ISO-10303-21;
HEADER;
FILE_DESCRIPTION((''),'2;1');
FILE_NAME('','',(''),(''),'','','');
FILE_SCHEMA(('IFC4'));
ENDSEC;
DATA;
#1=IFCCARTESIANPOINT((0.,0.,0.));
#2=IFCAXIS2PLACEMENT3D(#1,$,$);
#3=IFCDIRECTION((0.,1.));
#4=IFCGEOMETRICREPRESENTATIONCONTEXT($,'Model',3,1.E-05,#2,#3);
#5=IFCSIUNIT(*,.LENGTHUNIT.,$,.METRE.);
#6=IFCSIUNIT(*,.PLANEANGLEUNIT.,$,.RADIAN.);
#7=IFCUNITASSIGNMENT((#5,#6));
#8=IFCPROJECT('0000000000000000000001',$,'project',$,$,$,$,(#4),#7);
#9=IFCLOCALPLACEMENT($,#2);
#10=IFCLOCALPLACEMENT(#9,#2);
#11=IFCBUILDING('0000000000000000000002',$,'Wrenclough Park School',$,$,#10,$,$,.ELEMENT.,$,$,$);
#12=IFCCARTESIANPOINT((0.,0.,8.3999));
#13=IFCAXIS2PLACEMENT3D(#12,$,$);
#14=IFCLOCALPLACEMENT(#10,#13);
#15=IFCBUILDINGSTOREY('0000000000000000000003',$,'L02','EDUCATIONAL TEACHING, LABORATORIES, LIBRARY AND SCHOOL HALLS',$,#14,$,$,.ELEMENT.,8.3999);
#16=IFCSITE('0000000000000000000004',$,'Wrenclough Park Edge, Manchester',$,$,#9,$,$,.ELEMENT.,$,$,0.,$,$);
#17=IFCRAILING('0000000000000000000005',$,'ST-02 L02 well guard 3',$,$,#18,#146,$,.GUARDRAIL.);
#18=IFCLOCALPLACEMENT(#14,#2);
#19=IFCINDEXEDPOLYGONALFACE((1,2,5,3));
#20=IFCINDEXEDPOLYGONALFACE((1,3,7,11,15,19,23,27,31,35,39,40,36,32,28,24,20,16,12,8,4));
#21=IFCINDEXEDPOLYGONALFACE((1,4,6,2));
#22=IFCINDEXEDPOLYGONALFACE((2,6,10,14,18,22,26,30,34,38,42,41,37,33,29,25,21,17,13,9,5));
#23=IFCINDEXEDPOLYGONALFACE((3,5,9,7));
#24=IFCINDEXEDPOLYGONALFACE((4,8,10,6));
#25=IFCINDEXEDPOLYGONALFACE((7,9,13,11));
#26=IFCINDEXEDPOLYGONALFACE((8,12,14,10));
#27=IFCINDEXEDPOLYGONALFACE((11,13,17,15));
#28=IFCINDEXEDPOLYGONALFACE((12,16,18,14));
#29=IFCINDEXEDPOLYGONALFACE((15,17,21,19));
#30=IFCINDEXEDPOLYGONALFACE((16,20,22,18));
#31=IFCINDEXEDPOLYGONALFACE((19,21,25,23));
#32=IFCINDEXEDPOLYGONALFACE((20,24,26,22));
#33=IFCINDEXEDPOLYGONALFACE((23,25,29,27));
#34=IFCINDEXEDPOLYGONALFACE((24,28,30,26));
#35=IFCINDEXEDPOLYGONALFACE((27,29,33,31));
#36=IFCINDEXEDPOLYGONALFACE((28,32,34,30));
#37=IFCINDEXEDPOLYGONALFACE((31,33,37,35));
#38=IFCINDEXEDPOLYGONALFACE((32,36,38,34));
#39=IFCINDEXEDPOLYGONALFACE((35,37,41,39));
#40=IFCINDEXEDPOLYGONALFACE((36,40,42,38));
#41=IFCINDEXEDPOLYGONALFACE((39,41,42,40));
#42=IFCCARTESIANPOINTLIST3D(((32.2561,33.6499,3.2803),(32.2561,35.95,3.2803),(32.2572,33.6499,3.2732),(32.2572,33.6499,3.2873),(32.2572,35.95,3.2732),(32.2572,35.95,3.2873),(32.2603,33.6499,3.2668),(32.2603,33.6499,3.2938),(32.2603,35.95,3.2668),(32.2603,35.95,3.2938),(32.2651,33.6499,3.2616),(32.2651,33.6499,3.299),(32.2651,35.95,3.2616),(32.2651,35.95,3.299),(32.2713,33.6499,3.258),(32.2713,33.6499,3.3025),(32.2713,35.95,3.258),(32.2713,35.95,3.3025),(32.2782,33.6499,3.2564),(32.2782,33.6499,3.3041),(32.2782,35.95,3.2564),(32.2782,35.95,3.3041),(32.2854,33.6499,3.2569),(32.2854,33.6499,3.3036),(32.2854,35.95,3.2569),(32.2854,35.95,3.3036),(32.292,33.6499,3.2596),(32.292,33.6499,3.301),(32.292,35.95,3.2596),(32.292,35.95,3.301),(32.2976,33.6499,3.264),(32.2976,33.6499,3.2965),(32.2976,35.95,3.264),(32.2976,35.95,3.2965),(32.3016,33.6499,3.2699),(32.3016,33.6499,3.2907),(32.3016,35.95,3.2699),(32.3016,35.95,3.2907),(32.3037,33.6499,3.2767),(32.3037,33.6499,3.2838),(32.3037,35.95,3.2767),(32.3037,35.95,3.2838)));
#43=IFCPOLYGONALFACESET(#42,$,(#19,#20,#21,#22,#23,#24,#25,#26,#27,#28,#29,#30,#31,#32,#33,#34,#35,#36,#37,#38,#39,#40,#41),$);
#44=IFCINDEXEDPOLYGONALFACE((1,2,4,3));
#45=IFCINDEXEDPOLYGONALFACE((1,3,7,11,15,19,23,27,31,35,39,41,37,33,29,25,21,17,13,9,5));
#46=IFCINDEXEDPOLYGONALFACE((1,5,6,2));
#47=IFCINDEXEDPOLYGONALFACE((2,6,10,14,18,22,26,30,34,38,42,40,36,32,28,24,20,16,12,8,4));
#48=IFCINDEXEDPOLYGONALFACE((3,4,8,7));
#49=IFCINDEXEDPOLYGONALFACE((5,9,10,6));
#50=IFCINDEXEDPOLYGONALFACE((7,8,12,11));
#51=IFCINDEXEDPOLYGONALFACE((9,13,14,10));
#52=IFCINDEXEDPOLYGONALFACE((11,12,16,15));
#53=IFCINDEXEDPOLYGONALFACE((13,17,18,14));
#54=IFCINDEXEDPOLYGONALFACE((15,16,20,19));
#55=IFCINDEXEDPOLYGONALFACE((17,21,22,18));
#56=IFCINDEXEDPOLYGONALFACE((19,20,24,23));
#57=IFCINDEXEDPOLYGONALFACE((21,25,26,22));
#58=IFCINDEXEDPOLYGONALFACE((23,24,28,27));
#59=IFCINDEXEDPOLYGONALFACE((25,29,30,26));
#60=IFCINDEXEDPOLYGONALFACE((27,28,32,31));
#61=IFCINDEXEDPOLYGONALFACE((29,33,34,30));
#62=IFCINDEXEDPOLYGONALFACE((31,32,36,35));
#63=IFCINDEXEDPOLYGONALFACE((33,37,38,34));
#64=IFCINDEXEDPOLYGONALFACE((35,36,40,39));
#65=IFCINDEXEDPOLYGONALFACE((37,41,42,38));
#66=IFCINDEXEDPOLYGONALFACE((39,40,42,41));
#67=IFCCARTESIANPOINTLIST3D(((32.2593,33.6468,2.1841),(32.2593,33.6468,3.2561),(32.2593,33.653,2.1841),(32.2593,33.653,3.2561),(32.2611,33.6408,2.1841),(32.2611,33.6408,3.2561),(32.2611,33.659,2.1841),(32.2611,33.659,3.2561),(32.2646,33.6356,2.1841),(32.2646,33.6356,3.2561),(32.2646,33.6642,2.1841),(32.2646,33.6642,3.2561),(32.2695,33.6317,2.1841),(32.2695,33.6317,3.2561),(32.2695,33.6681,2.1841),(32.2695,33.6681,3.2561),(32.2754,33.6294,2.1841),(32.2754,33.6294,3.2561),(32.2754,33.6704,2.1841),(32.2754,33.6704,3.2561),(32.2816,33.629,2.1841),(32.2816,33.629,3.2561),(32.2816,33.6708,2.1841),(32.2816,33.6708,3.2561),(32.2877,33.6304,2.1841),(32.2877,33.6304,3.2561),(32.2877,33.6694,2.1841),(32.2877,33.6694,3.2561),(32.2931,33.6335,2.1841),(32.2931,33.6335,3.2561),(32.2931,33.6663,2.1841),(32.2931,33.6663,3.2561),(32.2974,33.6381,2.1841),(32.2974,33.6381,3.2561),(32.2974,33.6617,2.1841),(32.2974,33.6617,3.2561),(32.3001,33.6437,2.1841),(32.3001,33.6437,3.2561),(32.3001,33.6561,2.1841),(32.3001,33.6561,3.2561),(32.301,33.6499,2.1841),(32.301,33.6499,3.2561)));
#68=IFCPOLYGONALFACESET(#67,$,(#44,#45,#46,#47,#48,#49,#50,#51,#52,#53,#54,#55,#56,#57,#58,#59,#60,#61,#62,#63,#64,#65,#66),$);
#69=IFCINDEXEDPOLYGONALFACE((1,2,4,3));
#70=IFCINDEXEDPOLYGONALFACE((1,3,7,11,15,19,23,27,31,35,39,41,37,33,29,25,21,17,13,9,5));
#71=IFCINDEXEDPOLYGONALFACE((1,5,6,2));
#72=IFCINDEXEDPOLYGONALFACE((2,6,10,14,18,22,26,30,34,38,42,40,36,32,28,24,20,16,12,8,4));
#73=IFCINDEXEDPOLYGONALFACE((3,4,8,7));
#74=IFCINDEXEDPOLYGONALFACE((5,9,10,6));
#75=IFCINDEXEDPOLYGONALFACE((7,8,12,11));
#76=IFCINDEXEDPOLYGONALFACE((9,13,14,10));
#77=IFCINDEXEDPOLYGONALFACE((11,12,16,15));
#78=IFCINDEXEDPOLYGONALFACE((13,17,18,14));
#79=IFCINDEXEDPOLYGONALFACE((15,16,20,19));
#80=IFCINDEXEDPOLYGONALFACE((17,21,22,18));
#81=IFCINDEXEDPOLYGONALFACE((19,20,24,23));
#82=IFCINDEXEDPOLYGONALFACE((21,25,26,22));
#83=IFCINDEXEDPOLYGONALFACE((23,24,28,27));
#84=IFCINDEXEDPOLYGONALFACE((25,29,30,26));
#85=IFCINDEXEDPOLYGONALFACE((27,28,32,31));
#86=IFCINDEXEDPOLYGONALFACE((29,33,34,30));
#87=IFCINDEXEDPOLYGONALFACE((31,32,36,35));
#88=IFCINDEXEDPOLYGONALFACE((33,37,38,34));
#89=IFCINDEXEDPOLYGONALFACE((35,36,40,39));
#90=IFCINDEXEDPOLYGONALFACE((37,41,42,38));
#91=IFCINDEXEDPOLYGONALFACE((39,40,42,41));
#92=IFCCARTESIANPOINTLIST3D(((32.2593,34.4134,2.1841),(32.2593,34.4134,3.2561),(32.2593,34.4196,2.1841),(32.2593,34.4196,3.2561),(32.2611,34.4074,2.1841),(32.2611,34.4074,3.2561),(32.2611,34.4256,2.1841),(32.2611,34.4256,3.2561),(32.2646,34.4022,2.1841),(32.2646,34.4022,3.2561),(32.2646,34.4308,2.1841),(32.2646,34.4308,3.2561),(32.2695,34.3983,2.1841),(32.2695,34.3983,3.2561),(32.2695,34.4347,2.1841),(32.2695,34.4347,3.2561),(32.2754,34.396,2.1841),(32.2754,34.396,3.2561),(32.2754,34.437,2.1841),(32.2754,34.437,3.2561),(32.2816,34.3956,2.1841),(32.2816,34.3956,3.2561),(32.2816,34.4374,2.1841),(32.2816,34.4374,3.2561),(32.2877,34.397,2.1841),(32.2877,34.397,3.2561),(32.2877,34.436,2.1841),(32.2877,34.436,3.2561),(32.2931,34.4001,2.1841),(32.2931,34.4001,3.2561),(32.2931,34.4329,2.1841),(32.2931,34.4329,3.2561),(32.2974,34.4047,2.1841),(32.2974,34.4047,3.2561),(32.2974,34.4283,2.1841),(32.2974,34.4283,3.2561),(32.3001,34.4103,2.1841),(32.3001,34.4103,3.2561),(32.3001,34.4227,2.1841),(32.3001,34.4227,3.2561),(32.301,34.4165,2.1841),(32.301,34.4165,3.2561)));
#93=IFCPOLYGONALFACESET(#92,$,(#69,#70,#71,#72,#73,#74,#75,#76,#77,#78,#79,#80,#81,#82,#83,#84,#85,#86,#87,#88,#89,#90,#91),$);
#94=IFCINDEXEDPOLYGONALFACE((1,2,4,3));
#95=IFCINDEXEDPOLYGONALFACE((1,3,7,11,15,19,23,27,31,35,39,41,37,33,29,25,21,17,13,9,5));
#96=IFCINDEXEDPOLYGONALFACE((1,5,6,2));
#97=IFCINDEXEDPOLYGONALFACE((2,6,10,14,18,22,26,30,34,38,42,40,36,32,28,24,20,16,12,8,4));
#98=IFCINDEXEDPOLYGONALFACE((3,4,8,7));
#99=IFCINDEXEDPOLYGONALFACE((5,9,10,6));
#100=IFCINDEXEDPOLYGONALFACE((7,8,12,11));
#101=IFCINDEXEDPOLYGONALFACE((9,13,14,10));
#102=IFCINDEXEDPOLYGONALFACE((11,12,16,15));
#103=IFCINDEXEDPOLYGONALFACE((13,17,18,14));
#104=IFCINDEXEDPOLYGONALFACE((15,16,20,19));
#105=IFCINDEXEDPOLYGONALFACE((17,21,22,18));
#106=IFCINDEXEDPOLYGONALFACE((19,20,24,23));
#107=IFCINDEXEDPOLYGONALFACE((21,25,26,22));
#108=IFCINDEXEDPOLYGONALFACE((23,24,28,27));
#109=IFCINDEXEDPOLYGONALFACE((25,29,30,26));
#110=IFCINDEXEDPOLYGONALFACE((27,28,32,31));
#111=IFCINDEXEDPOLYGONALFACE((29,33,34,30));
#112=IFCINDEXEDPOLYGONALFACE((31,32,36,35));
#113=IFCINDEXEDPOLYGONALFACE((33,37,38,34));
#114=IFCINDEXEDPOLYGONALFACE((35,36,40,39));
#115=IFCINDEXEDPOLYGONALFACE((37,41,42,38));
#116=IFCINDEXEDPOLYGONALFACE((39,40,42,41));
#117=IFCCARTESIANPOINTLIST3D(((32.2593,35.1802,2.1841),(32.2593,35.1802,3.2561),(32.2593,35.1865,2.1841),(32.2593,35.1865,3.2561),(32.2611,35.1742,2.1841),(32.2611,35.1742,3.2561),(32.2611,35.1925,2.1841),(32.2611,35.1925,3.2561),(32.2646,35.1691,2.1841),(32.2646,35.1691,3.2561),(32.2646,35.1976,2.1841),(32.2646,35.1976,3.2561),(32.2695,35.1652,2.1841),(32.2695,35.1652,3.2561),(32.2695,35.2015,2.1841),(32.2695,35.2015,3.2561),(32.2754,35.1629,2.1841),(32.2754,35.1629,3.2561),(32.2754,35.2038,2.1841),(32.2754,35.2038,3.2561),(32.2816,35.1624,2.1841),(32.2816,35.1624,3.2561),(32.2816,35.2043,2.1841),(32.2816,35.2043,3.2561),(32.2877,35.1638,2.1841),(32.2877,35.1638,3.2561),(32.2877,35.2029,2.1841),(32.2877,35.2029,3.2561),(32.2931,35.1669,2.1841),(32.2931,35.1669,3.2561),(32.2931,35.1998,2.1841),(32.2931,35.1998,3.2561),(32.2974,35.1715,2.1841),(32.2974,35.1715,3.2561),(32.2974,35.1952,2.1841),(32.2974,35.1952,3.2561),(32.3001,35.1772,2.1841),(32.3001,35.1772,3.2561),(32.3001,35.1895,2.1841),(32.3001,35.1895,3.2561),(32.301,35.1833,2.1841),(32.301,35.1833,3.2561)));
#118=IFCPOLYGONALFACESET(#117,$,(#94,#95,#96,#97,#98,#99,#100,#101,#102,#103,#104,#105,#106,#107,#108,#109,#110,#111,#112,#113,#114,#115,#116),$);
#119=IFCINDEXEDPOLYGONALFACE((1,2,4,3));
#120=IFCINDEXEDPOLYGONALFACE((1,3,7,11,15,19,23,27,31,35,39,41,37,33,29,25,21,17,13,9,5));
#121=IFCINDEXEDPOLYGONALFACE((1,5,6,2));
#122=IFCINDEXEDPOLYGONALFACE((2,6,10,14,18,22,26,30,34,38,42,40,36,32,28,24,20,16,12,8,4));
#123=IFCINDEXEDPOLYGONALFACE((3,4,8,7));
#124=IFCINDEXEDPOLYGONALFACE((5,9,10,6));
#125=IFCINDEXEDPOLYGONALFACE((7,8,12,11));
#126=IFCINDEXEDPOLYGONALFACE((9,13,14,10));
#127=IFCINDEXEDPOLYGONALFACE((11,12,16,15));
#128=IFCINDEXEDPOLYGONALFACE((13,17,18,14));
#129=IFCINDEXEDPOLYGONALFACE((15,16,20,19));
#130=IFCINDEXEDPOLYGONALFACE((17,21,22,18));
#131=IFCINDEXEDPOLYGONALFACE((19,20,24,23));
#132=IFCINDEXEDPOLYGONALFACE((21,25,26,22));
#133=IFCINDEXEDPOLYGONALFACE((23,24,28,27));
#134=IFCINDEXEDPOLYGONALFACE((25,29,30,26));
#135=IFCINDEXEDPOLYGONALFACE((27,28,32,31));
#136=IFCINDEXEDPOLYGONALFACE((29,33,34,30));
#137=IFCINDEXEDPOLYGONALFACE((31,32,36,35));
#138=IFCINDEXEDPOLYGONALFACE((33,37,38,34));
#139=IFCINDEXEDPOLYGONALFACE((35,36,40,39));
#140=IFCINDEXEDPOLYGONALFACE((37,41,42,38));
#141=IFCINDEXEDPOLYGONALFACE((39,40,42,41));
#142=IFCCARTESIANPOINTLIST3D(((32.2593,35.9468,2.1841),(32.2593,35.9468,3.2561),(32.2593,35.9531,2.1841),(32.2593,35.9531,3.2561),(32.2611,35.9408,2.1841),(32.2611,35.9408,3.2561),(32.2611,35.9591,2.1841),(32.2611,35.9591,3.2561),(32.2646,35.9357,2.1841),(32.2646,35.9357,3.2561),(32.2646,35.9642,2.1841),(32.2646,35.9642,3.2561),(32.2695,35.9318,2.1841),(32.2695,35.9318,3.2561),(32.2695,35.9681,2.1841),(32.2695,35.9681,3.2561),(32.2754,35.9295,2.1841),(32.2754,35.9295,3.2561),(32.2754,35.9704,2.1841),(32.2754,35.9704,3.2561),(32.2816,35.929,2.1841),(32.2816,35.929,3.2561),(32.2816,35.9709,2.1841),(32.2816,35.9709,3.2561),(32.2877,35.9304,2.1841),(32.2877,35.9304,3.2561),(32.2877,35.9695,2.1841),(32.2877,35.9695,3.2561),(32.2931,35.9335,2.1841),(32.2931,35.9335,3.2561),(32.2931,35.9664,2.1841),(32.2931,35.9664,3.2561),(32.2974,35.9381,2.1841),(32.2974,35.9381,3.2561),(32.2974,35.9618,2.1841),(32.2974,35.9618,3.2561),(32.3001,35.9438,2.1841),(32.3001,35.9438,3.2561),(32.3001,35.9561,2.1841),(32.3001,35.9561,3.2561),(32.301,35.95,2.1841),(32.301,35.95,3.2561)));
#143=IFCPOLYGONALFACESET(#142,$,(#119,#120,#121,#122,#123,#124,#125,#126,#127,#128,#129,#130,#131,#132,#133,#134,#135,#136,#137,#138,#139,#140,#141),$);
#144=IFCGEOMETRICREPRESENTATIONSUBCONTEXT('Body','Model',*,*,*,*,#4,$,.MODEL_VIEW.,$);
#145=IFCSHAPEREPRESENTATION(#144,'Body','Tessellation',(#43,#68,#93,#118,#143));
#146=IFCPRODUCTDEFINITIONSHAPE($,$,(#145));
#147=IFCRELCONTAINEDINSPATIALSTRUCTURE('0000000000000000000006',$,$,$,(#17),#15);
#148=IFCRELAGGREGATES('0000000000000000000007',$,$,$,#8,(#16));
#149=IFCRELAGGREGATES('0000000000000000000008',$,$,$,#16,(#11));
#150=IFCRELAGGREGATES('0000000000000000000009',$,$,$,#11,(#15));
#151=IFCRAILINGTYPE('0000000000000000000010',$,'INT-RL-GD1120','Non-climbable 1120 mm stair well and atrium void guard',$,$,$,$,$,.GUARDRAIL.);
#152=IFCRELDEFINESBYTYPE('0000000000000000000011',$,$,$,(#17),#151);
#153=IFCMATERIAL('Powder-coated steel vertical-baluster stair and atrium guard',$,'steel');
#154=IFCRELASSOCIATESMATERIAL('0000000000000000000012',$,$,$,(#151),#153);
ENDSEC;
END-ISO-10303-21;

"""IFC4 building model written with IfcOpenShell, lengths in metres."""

from ifc_helpers import new_model, si_unit, direction, frame, origin, origin_2d, place, context, subcontext, project, spatial, circle, extrude, material, type_object, element, save


model = new_model("IFC4")

# Units and contexts
model_context = context("Model", 3, precision=1e-05, world=origin(), true_north=direction((0.0, 1.0)))
body_context = subcontext(model_context, "Body", "Model", "MODEL_VIEW")
ifc_project = project(units=[si_unit("LENGTHUNIT", "METRE"), si_unit("PLANEANGLEUNIT", "RADIAN")], contexts=[model_context])

# Site, building, storey
site_placement = place(None, origin())
site = spatial("IfcSite", under=ifc_project, at=site_placement, Name="Wrenclough Park Edge, Manchester", CompositionType="ELEMENT", RefElevation=0.0)
building_placement = place(site_placement, origin())
building = spatial("IfcBuilding", under=site, at=building_placement, Name="Wrenclough Park School", CompositionType="ELEMENT")
storey_placement = place(building_placement, frame((0.0, 0.0, 8.3999)))
storey = spatial("IfcBuildingStorey", under=building, at=storey_placement, Name="L02", Description="EDUCATIONAL TEACHING, LABORATORIES, LIBRARY AND SCHOOL HALLS", CompositionType="ELEMENT", Elevation=8.3999)

# Railing
ifc_material_1 = material(Name="Powder-coated steel vertical-baluster stair and atrium guard", Category="steel")
railing_type_1 = type_object("IfcRailingType", Name="INT-RL-GD1120", Description="Non-climbable 1120 mm stair well and atrium void guard", PredefinedType="GUARDRAIL", material=ifc_material_1)
railing_1_placement = place(storey_placement, frame((32.28, 33.6499, 2.1841)))
element("IfcRailing", 1, at=railing_1_placement, inside=storey, type_object=railing_type_1, Name="ST-02 L02 well guard 3", PredefinedType="GUARDRAIL", context=body_context, shape_type="SweptSolid", body=[
    extrude(circle(Radius=0.0239, at=origin_2d()), frame((0.0, 0.0, 1.0962), z_axis=(0.0, 1.0, 0.0), x_axis=(-1.0, 0.0, 0.0)), (0.0, 0.0, 1.0), 2.3),
    extrude(circle(Radius=0.021, at=origin_2d()), origin(), (0.0, 0.0, 1.0), 1.072),
    extrude(circle(Radius=0.021, at=origin_2d()), frame((0.0, 0.7666, 0.0)), (0.0, 0.0, 1.0), 1.072),
    extrude(circle(Radius=0.021, at=origin_2d()), frame((0.0, 1.5334, 0.0)), (0.0, 0.0, 1.0), 1.072),
    extrude(circle(Radius=0.021, at=origin_2d()), frame((0.0, 2.3, 0.0)), (0.0, 0.0, 1.0), 1.072),
])

save(model, "model.ifc")
